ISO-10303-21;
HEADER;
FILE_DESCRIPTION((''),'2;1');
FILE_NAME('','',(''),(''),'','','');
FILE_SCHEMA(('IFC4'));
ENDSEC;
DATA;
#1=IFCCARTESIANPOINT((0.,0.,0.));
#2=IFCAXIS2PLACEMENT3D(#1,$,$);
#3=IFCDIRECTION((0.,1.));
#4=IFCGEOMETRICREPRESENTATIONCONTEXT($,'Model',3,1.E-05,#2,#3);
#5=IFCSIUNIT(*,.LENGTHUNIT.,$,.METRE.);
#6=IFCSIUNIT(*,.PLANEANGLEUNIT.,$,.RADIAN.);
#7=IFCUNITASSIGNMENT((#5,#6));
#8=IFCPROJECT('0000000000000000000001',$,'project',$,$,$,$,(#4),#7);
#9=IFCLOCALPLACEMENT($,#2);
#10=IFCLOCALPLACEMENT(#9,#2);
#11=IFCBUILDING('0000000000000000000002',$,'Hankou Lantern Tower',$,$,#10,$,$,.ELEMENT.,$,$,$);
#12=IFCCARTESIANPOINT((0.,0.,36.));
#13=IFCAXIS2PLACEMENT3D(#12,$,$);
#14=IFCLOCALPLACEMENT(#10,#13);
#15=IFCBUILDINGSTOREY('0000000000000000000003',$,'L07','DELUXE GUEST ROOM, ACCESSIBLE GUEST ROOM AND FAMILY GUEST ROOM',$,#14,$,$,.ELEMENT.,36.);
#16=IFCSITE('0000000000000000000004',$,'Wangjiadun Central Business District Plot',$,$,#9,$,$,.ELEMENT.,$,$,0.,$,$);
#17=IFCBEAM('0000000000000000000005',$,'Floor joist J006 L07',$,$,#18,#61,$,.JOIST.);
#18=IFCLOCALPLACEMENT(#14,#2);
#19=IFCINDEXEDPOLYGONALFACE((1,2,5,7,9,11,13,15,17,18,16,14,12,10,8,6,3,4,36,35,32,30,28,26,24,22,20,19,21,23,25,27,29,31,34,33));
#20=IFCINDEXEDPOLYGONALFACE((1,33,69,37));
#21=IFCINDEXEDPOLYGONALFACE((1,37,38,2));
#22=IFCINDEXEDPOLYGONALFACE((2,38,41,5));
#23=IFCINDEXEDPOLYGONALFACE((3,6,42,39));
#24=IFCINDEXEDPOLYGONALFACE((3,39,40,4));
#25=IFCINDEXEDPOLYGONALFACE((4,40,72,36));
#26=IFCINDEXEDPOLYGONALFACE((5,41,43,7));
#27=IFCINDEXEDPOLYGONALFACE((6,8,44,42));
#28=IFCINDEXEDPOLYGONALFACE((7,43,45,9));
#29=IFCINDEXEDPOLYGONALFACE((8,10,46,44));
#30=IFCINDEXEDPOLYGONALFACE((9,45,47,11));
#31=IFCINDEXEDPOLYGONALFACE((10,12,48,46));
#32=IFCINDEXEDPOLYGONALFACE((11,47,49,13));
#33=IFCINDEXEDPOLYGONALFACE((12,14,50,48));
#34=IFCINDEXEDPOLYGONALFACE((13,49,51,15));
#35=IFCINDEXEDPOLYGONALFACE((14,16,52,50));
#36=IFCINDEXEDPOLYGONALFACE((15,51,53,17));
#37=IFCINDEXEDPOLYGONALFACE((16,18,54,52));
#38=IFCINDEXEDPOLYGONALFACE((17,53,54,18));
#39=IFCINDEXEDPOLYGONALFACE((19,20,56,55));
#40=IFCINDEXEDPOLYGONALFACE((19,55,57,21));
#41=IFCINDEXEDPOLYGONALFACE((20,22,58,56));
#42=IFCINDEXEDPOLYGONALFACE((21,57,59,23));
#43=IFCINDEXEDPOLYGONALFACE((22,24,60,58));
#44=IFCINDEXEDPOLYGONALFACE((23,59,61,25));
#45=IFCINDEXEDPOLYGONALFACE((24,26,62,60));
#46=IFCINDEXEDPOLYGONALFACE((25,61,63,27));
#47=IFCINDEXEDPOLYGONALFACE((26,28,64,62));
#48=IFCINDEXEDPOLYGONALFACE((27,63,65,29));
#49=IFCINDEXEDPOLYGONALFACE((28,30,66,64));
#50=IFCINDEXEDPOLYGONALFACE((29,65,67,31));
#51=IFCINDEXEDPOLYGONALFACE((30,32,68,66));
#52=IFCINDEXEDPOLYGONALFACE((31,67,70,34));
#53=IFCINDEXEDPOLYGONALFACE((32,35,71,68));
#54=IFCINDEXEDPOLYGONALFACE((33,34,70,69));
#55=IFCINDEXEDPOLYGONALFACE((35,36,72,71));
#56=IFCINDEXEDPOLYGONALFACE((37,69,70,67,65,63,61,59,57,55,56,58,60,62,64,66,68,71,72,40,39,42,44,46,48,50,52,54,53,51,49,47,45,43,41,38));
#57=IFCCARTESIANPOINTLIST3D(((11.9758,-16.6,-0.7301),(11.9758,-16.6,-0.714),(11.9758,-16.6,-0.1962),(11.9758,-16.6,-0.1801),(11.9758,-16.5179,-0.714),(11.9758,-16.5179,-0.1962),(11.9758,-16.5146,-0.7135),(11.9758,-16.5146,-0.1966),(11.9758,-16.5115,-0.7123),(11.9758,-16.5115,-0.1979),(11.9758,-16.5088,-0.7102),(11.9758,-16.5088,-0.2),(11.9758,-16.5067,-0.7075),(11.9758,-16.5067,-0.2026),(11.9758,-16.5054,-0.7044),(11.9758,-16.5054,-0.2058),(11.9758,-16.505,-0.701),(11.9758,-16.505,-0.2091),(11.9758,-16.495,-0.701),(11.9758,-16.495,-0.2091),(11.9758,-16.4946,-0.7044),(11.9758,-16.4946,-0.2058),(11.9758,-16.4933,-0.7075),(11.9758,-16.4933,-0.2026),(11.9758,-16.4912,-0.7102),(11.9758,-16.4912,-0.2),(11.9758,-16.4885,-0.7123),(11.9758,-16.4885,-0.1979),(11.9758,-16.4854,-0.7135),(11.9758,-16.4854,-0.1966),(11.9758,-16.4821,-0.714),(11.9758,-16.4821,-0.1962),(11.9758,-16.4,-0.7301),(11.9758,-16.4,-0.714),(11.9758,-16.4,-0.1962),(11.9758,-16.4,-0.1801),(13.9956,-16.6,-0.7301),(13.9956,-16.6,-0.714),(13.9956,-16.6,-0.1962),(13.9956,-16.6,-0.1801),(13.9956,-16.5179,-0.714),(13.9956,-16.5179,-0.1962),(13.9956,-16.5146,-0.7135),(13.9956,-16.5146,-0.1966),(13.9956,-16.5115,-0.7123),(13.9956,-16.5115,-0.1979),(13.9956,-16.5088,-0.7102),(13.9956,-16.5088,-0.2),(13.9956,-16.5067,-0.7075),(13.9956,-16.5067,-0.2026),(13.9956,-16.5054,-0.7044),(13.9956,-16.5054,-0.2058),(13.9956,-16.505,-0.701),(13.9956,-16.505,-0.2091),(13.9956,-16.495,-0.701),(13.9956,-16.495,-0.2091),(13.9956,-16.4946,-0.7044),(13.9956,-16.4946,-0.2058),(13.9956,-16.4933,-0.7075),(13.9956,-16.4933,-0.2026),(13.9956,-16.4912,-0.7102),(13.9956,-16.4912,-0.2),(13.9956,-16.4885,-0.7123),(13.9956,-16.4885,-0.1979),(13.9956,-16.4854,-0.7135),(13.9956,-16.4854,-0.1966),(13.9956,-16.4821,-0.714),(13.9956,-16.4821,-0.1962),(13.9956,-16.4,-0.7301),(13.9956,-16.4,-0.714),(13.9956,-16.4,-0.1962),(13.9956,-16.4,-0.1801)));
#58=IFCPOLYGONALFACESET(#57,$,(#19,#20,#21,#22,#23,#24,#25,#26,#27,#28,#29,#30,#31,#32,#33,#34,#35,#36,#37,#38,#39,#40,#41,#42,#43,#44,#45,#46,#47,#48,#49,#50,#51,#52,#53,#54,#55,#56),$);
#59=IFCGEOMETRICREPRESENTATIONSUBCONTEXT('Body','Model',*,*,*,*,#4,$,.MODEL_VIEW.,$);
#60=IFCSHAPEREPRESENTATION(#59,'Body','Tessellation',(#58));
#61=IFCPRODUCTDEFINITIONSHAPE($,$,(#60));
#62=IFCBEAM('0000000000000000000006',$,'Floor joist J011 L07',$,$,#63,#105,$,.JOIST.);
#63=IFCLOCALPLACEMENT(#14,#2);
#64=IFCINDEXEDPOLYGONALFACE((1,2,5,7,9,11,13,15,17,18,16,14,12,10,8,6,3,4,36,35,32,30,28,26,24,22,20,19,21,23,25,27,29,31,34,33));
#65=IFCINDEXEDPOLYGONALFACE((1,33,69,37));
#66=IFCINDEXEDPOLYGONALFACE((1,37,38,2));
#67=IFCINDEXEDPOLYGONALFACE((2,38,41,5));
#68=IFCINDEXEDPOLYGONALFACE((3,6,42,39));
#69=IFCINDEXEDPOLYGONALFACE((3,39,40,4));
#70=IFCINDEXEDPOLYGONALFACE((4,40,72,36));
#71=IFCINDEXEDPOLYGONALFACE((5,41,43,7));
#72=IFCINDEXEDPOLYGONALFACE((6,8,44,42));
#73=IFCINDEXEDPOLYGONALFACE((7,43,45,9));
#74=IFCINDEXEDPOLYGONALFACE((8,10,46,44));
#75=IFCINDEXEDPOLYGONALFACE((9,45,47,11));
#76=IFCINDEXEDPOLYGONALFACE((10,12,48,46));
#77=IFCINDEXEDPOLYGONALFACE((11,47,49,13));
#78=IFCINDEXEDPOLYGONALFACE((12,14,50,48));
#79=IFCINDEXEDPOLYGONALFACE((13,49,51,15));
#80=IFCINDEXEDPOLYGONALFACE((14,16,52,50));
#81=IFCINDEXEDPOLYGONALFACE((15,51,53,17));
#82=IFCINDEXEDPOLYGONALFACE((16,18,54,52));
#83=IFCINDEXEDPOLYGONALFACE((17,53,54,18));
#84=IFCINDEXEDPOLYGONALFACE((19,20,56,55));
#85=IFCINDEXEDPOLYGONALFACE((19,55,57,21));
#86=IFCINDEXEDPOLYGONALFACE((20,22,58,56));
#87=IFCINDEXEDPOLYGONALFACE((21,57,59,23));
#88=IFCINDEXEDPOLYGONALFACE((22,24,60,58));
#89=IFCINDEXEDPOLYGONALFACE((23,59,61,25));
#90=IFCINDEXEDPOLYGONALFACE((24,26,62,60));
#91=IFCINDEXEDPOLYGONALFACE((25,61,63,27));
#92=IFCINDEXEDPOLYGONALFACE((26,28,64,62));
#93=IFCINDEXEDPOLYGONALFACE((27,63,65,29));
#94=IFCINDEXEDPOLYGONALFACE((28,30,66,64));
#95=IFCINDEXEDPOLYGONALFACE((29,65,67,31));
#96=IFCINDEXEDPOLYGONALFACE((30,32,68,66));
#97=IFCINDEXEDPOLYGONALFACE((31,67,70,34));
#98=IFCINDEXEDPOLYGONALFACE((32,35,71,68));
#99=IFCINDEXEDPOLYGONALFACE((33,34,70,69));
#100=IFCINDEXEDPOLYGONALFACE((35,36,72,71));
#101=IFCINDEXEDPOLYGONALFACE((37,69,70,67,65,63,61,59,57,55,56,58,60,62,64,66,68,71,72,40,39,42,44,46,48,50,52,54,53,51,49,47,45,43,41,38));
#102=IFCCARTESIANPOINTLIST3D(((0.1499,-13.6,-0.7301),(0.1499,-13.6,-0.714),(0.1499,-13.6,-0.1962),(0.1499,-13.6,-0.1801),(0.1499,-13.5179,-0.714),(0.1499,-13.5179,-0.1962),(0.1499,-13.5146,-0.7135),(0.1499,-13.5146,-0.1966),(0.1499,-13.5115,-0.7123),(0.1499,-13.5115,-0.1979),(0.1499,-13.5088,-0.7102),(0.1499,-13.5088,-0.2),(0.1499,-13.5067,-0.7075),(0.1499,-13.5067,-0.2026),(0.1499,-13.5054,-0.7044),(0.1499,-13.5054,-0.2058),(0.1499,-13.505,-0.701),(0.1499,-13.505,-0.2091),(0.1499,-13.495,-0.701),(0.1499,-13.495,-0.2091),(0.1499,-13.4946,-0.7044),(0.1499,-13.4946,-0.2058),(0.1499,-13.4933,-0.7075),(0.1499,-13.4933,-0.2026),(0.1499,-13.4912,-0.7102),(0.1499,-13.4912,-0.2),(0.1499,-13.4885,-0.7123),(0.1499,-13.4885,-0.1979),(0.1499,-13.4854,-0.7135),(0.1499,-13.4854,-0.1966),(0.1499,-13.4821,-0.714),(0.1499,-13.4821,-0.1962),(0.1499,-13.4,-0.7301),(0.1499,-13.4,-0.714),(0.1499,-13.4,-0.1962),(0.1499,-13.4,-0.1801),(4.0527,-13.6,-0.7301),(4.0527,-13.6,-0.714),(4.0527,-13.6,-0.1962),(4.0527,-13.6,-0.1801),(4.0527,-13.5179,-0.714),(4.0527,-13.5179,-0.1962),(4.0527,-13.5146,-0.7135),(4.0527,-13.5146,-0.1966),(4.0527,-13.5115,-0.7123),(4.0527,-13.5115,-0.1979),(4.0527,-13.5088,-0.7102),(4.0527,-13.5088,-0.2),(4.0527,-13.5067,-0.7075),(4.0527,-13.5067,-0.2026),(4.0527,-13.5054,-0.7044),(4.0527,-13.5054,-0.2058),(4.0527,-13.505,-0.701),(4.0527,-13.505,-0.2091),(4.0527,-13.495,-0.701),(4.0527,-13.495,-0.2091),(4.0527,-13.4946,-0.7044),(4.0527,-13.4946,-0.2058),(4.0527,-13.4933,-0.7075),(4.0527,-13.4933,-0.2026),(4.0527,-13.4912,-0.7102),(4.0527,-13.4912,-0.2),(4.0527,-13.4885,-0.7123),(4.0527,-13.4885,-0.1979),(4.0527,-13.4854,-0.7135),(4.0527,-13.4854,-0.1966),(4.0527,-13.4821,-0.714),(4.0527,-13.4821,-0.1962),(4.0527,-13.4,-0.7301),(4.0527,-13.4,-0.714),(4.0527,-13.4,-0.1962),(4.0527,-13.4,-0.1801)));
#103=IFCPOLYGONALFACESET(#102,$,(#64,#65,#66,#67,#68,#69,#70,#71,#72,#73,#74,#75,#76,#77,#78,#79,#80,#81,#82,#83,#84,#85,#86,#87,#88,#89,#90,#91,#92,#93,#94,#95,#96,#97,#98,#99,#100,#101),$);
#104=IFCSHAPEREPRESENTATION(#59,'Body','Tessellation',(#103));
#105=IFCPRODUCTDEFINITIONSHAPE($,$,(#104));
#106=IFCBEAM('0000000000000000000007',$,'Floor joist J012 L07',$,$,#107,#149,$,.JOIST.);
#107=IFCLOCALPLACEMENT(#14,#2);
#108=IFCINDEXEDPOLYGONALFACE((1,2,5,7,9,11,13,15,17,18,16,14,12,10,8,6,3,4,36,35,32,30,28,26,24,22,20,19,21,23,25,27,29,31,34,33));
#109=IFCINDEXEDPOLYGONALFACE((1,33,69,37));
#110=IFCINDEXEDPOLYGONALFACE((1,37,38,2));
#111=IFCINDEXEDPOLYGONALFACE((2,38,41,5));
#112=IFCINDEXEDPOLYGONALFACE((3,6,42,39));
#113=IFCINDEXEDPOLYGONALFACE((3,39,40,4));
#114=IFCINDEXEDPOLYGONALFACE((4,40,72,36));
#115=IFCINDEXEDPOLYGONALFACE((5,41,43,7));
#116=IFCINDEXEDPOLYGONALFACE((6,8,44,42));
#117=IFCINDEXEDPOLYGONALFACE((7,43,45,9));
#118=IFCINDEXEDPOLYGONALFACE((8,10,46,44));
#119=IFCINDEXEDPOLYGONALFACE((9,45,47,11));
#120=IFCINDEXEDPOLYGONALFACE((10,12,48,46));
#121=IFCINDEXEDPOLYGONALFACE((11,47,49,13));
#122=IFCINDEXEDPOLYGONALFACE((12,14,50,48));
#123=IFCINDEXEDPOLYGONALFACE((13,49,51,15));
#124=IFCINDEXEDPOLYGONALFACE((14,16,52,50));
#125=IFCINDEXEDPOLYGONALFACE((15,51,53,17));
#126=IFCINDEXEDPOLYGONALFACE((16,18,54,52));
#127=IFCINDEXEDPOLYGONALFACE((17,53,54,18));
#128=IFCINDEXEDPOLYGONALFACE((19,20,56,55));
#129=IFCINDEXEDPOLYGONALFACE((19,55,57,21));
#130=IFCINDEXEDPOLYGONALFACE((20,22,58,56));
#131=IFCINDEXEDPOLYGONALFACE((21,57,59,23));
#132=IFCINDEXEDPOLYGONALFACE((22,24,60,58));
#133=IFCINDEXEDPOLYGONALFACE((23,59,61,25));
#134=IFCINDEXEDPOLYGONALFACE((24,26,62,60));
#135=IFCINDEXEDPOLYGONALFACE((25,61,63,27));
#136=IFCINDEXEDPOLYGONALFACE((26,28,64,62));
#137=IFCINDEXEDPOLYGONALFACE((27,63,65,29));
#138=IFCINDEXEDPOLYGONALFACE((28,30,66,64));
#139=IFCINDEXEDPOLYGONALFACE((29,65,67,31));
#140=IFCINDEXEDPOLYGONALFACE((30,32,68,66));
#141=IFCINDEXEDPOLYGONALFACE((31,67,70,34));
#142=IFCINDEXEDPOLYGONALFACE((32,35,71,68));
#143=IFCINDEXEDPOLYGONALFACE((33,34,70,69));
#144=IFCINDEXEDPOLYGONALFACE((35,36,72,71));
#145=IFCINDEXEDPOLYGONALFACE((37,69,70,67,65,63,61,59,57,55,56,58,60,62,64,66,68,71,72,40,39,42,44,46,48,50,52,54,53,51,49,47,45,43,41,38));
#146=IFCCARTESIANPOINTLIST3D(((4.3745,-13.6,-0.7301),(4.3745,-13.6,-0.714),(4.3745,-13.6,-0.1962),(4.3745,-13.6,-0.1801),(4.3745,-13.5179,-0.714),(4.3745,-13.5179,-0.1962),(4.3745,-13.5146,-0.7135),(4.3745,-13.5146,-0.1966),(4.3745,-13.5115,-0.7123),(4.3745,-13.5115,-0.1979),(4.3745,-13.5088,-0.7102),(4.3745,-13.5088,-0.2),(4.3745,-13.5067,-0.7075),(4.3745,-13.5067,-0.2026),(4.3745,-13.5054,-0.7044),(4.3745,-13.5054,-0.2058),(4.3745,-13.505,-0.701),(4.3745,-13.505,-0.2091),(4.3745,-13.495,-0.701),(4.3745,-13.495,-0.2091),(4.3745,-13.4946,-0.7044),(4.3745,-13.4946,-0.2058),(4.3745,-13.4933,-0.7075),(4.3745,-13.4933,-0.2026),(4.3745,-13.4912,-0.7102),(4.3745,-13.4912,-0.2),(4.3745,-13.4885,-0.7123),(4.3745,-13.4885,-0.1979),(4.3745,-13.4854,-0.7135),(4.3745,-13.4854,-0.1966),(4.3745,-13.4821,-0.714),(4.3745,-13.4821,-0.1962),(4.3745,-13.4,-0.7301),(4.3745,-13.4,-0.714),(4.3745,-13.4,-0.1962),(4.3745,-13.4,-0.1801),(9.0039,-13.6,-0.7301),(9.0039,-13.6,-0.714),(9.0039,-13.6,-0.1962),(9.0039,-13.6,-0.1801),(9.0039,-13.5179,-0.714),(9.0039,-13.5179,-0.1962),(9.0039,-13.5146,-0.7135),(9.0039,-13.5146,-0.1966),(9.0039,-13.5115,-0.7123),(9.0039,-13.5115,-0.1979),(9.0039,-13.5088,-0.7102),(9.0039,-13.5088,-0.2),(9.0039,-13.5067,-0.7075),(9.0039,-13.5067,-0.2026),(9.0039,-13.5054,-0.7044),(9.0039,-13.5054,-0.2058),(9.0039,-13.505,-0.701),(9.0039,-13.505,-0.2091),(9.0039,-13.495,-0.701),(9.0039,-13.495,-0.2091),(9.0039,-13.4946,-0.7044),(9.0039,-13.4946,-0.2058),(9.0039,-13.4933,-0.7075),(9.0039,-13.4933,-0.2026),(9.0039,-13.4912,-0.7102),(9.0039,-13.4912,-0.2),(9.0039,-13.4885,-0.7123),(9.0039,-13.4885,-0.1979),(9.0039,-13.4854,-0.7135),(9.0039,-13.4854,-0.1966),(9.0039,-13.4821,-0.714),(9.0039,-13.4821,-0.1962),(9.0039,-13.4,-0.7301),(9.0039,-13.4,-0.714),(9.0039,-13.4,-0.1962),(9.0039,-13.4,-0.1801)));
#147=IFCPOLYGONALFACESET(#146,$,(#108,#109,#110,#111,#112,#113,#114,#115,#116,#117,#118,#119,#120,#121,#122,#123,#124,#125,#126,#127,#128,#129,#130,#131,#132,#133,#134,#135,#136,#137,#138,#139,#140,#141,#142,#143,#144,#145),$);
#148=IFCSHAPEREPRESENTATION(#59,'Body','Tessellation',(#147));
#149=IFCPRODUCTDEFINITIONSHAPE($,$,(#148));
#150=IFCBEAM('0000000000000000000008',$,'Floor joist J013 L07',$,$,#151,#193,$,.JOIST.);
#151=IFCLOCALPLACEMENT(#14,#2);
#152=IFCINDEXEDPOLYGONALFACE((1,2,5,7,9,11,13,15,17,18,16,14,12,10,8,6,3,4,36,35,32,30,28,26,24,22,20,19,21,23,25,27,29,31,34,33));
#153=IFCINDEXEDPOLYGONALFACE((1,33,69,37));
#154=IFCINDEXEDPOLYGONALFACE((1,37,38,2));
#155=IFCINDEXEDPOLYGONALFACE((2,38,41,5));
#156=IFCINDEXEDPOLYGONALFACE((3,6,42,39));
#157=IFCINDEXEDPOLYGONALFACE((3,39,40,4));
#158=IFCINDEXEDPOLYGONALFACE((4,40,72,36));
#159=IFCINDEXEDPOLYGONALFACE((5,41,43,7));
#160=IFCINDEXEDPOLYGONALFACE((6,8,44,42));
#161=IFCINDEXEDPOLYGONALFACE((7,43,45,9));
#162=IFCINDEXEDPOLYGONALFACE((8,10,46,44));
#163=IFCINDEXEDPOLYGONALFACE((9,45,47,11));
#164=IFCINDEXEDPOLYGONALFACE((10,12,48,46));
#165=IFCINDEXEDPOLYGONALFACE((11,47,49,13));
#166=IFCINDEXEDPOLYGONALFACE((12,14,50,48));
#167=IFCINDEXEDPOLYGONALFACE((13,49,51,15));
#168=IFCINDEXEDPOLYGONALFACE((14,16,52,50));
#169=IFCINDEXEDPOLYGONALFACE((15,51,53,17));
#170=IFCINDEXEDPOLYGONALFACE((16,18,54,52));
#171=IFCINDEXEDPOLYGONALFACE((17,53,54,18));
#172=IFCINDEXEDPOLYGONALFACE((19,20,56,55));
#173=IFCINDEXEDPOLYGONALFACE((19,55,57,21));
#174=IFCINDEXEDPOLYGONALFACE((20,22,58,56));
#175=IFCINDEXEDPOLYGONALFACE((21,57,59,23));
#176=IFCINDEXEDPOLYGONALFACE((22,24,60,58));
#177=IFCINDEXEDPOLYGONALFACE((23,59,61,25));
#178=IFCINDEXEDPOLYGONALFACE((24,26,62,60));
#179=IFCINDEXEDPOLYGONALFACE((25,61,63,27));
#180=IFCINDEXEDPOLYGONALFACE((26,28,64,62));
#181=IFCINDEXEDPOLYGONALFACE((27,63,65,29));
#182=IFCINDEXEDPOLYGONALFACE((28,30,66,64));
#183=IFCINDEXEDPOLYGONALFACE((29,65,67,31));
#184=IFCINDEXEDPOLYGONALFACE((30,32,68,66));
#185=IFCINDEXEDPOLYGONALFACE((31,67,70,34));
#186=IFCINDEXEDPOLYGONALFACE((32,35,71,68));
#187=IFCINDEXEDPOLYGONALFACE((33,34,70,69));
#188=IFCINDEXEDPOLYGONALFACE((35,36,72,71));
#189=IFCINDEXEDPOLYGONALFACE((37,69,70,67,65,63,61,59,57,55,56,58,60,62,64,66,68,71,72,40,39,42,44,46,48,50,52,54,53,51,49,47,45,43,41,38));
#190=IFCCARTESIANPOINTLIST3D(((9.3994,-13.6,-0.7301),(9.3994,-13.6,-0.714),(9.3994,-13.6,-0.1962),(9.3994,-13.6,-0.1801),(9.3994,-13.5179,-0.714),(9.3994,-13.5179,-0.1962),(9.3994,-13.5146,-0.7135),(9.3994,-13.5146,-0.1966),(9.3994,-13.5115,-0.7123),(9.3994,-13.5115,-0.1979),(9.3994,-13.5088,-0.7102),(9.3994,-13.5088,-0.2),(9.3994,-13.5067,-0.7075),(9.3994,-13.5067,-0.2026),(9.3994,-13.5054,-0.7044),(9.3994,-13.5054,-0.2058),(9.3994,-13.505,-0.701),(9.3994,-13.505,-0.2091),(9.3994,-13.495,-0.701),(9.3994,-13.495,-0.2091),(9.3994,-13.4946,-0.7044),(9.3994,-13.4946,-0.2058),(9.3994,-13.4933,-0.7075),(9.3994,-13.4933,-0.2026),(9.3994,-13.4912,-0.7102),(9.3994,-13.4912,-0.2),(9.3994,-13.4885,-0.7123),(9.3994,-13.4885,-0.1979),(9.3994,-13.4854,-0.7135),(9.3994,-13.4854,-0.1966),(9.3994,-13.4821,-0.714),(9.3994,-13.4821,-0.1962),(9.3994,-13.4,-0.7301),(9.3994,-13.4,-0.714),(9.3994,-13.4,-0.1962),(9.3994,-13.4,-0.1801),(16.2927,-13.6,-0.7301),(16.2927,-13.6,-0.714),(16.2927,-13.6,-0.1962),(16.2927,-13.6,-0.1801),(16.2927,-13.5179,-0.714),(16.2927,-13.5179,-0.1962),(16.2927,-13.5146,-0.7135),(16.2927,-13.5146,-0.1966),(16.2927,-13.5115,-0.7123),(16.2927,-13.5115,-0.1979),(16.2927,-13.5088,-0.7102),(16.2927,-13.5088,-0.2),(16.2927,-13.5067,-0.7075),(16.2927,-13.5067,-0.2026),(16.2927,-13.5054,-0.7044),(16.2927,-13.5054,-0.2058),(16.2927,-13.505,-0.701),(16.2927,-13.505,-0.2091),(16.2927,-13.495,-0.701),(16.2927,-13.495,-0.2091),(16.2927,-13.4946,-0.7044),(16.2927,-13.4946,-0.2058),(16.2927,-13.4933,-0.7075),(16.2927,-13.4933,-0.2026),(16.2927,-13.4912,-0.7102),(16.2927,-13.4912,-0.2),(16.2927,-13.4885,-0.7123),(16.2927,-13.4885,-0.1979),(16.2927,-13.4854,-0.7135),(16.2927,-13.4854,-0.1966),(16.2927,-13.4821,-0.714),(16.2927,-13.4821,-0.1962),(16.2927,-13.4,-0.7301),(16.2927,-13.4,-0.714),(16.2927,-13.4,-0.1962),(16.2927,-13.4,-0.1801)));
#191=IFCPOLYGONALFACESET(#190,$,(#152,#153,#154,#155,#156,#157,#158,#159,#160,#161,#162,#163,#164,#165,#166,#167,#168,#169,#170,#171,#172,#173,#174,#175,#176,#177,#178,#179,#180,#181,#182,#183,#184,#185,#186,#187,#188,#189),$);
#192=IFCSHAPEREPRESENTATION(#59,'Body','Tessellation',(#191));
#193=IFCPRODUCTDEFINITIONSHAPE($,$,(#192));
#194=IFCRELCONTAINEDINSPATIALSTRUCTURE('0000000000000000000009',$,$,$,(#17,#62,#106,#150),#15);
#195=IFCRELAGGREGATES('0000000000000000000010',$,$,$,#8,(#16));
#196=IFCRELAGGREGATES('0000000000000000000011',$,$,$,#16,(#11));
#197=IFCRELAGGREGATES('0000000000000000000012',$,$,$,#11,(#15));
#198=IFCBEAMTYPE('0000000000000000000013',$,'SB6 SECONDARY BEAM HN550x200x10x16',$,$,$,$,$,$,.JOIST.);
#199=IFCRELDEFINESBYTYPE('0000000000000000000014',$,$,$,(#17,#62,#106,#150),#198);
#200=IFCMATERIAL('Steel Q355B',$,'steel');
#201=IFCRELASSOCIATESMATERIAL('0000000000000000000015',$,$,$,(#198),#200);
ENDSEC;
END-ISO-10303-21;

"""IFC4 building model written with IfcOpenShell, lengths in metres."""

from ifc_helpers import new_model, si_unit, direction, frame, origin, origin_2d, place, context, subcontext, project, spatial, i_section, extrude, material, material_profile, profile_set, type_object, element, save


model = new_model("IFC4")

# Units and contexts
model_context = context("Model", 3, precision=1e-05, world=origin(), true_north=direction((0.0, 1.0)))
body_context = subcontext(model_context, "Body", "Model", "MODEL_VIEW")
ifc_project = project(units=[si_unit("LENGTHUNIT", "METRE"), si_unit("PLANEANGLEUNIT", "RADIAN")], contexts=[model_context])

# Site, building, storey
site_placement = place(None, origin())
site = spatial("IfcSite", under=ifc_project, at=site_placement, Name="Wangjiadun Central Business District Plot", CompositionType="ELEMENT", RefElevation=0.0)
building_placement = place(site_placement, origin())
building = spatial("IfcBuilding", under=site, at=building_placement, Name="Hankou Lantern Tower", CompositionType="ELEMENT")
storey_placement = place(building_placement, frame((0.0, 0.0, 36.0)))
storey = spatial("IfcBuildingStorey", under=building, at=storey_placement, Name="L07", Description="DELUXE GUEST ROOM, ACCESSIBLE GUEST ROOM AND FAMILY GUEST ROOM", CompositionType="ELEMENT", Elevation=36.0)

# Beams
ifc_material_1 = material(Name="Steel Q355B", Category="steel")
ifc_material_profile_1 = material_profile(ifc_material_1, i_section(OverallWidth=0.2, OverallDepth=0.55, WebThickness=0.01, FlangeThickness=0.0161, FilletRadius=0.0129, at=origin_2d()), Name="HN550x200x10x16")
ifc_profile_set_1 = profile_set([ifc_material_profile_1], Name="Steel Q355B")
beam_type_1 = type_object("IfcBeamType", Name="SB6 SECONDARY BEAM HN550x200x10x16", PredefinedType="JOIST", material=ifc_profile_set_1)
beam_1_placement = place(storey_placement, frame((11.9758, -16.5, -0.4551), z_axis=(1.0, 0.0, 0.0), x_axis=(0.0, 1.0, 0.0)))
element("IfcBeam", 1, at=beam_1_placement, inside=storey, type_object=beam_type_1, Name="Floor joist J006 L07", PredefinedType="JOIST", context=body_context, shape_type="SweptSolid", body=[
    extrude(i_section(OverallWidth=0.2, OverallDepth=0.55, WebThickness=0.01, FlangeThickness=0.0161, FilletRadius=0.0129, at=origin_2d()), origin(), (0.0, 0.0, 1.0), 2.0198),
])
beam_2_placement = place(storey_placement, frame((0.1499, -13.5, -0.4551), z_axis=(1.0, 0.0, 0.0), x_axis=(0.0, 1.0, 0.0)))
element("IfcBeam", 2, at=beam_2_placement, inside=storey, type_object=beam_type_1, Name="Floor joist J011 L07", PredefinedType="JOIST", context=body_context, shape_type="SweptSolid", body=[
    extrude(i_section(OverallWidth=0.2, OverallDepth=0.55, WebThickness=0.01, FlangeThickness=0.0161, FilletRadius=0.0129, at=origin_2d()), origin(), (0.0, 0.0, 1.0), 3.9028),
])
beam_3_placement = place(storey_placement, frame((4.3745, -13.5, -0.4551), z_axis=(1.0, 0.0, 0.0), x_axis=(0.0, 1.0, 0.0)))
element("IfcBeam", 3, at=beam_3_placement, inside=storey, type_object=beam_type_1, Name="Floor joist J012 L07", PredefinedType="JOIST", context=body_context, shape_type="SweptSolid", body=[
    extrude(i_section(OverallWidth=0.2, OverallDepth=0.55, WebThickness=0.01, FlangeThickness=0.0161, FilletRadius=0.0129, at=origin_2d()), origin(), (0.0, 0.0, 1.0), 4.6294),
])
beam_4_placement = place(storey_placement, frame((9.3994, -13.5, -0.4551), z_axis=(1.0, 0.0, 0.0), x_axis=(0.0, 1.0, 0.0)))
element("IfcBeam", 4, at=beam_4_placement, inside=storey, type_object=beam_type_1, Name="Floor joist J013 L07", PredefinedType="JOIST", context=body_context, shape_type="SweptSolid", body=[
    extrude(i_section(OverallWidth=0.2, OverallDepth=0.55, WebThickness=0.01, FlangeThickness=0.0161, FilletRadius=0.0129, at=origin_2d()), origin(), (0.0, 0.0, 1.0), 6.8933),
])

save(model, "model.ifc")
